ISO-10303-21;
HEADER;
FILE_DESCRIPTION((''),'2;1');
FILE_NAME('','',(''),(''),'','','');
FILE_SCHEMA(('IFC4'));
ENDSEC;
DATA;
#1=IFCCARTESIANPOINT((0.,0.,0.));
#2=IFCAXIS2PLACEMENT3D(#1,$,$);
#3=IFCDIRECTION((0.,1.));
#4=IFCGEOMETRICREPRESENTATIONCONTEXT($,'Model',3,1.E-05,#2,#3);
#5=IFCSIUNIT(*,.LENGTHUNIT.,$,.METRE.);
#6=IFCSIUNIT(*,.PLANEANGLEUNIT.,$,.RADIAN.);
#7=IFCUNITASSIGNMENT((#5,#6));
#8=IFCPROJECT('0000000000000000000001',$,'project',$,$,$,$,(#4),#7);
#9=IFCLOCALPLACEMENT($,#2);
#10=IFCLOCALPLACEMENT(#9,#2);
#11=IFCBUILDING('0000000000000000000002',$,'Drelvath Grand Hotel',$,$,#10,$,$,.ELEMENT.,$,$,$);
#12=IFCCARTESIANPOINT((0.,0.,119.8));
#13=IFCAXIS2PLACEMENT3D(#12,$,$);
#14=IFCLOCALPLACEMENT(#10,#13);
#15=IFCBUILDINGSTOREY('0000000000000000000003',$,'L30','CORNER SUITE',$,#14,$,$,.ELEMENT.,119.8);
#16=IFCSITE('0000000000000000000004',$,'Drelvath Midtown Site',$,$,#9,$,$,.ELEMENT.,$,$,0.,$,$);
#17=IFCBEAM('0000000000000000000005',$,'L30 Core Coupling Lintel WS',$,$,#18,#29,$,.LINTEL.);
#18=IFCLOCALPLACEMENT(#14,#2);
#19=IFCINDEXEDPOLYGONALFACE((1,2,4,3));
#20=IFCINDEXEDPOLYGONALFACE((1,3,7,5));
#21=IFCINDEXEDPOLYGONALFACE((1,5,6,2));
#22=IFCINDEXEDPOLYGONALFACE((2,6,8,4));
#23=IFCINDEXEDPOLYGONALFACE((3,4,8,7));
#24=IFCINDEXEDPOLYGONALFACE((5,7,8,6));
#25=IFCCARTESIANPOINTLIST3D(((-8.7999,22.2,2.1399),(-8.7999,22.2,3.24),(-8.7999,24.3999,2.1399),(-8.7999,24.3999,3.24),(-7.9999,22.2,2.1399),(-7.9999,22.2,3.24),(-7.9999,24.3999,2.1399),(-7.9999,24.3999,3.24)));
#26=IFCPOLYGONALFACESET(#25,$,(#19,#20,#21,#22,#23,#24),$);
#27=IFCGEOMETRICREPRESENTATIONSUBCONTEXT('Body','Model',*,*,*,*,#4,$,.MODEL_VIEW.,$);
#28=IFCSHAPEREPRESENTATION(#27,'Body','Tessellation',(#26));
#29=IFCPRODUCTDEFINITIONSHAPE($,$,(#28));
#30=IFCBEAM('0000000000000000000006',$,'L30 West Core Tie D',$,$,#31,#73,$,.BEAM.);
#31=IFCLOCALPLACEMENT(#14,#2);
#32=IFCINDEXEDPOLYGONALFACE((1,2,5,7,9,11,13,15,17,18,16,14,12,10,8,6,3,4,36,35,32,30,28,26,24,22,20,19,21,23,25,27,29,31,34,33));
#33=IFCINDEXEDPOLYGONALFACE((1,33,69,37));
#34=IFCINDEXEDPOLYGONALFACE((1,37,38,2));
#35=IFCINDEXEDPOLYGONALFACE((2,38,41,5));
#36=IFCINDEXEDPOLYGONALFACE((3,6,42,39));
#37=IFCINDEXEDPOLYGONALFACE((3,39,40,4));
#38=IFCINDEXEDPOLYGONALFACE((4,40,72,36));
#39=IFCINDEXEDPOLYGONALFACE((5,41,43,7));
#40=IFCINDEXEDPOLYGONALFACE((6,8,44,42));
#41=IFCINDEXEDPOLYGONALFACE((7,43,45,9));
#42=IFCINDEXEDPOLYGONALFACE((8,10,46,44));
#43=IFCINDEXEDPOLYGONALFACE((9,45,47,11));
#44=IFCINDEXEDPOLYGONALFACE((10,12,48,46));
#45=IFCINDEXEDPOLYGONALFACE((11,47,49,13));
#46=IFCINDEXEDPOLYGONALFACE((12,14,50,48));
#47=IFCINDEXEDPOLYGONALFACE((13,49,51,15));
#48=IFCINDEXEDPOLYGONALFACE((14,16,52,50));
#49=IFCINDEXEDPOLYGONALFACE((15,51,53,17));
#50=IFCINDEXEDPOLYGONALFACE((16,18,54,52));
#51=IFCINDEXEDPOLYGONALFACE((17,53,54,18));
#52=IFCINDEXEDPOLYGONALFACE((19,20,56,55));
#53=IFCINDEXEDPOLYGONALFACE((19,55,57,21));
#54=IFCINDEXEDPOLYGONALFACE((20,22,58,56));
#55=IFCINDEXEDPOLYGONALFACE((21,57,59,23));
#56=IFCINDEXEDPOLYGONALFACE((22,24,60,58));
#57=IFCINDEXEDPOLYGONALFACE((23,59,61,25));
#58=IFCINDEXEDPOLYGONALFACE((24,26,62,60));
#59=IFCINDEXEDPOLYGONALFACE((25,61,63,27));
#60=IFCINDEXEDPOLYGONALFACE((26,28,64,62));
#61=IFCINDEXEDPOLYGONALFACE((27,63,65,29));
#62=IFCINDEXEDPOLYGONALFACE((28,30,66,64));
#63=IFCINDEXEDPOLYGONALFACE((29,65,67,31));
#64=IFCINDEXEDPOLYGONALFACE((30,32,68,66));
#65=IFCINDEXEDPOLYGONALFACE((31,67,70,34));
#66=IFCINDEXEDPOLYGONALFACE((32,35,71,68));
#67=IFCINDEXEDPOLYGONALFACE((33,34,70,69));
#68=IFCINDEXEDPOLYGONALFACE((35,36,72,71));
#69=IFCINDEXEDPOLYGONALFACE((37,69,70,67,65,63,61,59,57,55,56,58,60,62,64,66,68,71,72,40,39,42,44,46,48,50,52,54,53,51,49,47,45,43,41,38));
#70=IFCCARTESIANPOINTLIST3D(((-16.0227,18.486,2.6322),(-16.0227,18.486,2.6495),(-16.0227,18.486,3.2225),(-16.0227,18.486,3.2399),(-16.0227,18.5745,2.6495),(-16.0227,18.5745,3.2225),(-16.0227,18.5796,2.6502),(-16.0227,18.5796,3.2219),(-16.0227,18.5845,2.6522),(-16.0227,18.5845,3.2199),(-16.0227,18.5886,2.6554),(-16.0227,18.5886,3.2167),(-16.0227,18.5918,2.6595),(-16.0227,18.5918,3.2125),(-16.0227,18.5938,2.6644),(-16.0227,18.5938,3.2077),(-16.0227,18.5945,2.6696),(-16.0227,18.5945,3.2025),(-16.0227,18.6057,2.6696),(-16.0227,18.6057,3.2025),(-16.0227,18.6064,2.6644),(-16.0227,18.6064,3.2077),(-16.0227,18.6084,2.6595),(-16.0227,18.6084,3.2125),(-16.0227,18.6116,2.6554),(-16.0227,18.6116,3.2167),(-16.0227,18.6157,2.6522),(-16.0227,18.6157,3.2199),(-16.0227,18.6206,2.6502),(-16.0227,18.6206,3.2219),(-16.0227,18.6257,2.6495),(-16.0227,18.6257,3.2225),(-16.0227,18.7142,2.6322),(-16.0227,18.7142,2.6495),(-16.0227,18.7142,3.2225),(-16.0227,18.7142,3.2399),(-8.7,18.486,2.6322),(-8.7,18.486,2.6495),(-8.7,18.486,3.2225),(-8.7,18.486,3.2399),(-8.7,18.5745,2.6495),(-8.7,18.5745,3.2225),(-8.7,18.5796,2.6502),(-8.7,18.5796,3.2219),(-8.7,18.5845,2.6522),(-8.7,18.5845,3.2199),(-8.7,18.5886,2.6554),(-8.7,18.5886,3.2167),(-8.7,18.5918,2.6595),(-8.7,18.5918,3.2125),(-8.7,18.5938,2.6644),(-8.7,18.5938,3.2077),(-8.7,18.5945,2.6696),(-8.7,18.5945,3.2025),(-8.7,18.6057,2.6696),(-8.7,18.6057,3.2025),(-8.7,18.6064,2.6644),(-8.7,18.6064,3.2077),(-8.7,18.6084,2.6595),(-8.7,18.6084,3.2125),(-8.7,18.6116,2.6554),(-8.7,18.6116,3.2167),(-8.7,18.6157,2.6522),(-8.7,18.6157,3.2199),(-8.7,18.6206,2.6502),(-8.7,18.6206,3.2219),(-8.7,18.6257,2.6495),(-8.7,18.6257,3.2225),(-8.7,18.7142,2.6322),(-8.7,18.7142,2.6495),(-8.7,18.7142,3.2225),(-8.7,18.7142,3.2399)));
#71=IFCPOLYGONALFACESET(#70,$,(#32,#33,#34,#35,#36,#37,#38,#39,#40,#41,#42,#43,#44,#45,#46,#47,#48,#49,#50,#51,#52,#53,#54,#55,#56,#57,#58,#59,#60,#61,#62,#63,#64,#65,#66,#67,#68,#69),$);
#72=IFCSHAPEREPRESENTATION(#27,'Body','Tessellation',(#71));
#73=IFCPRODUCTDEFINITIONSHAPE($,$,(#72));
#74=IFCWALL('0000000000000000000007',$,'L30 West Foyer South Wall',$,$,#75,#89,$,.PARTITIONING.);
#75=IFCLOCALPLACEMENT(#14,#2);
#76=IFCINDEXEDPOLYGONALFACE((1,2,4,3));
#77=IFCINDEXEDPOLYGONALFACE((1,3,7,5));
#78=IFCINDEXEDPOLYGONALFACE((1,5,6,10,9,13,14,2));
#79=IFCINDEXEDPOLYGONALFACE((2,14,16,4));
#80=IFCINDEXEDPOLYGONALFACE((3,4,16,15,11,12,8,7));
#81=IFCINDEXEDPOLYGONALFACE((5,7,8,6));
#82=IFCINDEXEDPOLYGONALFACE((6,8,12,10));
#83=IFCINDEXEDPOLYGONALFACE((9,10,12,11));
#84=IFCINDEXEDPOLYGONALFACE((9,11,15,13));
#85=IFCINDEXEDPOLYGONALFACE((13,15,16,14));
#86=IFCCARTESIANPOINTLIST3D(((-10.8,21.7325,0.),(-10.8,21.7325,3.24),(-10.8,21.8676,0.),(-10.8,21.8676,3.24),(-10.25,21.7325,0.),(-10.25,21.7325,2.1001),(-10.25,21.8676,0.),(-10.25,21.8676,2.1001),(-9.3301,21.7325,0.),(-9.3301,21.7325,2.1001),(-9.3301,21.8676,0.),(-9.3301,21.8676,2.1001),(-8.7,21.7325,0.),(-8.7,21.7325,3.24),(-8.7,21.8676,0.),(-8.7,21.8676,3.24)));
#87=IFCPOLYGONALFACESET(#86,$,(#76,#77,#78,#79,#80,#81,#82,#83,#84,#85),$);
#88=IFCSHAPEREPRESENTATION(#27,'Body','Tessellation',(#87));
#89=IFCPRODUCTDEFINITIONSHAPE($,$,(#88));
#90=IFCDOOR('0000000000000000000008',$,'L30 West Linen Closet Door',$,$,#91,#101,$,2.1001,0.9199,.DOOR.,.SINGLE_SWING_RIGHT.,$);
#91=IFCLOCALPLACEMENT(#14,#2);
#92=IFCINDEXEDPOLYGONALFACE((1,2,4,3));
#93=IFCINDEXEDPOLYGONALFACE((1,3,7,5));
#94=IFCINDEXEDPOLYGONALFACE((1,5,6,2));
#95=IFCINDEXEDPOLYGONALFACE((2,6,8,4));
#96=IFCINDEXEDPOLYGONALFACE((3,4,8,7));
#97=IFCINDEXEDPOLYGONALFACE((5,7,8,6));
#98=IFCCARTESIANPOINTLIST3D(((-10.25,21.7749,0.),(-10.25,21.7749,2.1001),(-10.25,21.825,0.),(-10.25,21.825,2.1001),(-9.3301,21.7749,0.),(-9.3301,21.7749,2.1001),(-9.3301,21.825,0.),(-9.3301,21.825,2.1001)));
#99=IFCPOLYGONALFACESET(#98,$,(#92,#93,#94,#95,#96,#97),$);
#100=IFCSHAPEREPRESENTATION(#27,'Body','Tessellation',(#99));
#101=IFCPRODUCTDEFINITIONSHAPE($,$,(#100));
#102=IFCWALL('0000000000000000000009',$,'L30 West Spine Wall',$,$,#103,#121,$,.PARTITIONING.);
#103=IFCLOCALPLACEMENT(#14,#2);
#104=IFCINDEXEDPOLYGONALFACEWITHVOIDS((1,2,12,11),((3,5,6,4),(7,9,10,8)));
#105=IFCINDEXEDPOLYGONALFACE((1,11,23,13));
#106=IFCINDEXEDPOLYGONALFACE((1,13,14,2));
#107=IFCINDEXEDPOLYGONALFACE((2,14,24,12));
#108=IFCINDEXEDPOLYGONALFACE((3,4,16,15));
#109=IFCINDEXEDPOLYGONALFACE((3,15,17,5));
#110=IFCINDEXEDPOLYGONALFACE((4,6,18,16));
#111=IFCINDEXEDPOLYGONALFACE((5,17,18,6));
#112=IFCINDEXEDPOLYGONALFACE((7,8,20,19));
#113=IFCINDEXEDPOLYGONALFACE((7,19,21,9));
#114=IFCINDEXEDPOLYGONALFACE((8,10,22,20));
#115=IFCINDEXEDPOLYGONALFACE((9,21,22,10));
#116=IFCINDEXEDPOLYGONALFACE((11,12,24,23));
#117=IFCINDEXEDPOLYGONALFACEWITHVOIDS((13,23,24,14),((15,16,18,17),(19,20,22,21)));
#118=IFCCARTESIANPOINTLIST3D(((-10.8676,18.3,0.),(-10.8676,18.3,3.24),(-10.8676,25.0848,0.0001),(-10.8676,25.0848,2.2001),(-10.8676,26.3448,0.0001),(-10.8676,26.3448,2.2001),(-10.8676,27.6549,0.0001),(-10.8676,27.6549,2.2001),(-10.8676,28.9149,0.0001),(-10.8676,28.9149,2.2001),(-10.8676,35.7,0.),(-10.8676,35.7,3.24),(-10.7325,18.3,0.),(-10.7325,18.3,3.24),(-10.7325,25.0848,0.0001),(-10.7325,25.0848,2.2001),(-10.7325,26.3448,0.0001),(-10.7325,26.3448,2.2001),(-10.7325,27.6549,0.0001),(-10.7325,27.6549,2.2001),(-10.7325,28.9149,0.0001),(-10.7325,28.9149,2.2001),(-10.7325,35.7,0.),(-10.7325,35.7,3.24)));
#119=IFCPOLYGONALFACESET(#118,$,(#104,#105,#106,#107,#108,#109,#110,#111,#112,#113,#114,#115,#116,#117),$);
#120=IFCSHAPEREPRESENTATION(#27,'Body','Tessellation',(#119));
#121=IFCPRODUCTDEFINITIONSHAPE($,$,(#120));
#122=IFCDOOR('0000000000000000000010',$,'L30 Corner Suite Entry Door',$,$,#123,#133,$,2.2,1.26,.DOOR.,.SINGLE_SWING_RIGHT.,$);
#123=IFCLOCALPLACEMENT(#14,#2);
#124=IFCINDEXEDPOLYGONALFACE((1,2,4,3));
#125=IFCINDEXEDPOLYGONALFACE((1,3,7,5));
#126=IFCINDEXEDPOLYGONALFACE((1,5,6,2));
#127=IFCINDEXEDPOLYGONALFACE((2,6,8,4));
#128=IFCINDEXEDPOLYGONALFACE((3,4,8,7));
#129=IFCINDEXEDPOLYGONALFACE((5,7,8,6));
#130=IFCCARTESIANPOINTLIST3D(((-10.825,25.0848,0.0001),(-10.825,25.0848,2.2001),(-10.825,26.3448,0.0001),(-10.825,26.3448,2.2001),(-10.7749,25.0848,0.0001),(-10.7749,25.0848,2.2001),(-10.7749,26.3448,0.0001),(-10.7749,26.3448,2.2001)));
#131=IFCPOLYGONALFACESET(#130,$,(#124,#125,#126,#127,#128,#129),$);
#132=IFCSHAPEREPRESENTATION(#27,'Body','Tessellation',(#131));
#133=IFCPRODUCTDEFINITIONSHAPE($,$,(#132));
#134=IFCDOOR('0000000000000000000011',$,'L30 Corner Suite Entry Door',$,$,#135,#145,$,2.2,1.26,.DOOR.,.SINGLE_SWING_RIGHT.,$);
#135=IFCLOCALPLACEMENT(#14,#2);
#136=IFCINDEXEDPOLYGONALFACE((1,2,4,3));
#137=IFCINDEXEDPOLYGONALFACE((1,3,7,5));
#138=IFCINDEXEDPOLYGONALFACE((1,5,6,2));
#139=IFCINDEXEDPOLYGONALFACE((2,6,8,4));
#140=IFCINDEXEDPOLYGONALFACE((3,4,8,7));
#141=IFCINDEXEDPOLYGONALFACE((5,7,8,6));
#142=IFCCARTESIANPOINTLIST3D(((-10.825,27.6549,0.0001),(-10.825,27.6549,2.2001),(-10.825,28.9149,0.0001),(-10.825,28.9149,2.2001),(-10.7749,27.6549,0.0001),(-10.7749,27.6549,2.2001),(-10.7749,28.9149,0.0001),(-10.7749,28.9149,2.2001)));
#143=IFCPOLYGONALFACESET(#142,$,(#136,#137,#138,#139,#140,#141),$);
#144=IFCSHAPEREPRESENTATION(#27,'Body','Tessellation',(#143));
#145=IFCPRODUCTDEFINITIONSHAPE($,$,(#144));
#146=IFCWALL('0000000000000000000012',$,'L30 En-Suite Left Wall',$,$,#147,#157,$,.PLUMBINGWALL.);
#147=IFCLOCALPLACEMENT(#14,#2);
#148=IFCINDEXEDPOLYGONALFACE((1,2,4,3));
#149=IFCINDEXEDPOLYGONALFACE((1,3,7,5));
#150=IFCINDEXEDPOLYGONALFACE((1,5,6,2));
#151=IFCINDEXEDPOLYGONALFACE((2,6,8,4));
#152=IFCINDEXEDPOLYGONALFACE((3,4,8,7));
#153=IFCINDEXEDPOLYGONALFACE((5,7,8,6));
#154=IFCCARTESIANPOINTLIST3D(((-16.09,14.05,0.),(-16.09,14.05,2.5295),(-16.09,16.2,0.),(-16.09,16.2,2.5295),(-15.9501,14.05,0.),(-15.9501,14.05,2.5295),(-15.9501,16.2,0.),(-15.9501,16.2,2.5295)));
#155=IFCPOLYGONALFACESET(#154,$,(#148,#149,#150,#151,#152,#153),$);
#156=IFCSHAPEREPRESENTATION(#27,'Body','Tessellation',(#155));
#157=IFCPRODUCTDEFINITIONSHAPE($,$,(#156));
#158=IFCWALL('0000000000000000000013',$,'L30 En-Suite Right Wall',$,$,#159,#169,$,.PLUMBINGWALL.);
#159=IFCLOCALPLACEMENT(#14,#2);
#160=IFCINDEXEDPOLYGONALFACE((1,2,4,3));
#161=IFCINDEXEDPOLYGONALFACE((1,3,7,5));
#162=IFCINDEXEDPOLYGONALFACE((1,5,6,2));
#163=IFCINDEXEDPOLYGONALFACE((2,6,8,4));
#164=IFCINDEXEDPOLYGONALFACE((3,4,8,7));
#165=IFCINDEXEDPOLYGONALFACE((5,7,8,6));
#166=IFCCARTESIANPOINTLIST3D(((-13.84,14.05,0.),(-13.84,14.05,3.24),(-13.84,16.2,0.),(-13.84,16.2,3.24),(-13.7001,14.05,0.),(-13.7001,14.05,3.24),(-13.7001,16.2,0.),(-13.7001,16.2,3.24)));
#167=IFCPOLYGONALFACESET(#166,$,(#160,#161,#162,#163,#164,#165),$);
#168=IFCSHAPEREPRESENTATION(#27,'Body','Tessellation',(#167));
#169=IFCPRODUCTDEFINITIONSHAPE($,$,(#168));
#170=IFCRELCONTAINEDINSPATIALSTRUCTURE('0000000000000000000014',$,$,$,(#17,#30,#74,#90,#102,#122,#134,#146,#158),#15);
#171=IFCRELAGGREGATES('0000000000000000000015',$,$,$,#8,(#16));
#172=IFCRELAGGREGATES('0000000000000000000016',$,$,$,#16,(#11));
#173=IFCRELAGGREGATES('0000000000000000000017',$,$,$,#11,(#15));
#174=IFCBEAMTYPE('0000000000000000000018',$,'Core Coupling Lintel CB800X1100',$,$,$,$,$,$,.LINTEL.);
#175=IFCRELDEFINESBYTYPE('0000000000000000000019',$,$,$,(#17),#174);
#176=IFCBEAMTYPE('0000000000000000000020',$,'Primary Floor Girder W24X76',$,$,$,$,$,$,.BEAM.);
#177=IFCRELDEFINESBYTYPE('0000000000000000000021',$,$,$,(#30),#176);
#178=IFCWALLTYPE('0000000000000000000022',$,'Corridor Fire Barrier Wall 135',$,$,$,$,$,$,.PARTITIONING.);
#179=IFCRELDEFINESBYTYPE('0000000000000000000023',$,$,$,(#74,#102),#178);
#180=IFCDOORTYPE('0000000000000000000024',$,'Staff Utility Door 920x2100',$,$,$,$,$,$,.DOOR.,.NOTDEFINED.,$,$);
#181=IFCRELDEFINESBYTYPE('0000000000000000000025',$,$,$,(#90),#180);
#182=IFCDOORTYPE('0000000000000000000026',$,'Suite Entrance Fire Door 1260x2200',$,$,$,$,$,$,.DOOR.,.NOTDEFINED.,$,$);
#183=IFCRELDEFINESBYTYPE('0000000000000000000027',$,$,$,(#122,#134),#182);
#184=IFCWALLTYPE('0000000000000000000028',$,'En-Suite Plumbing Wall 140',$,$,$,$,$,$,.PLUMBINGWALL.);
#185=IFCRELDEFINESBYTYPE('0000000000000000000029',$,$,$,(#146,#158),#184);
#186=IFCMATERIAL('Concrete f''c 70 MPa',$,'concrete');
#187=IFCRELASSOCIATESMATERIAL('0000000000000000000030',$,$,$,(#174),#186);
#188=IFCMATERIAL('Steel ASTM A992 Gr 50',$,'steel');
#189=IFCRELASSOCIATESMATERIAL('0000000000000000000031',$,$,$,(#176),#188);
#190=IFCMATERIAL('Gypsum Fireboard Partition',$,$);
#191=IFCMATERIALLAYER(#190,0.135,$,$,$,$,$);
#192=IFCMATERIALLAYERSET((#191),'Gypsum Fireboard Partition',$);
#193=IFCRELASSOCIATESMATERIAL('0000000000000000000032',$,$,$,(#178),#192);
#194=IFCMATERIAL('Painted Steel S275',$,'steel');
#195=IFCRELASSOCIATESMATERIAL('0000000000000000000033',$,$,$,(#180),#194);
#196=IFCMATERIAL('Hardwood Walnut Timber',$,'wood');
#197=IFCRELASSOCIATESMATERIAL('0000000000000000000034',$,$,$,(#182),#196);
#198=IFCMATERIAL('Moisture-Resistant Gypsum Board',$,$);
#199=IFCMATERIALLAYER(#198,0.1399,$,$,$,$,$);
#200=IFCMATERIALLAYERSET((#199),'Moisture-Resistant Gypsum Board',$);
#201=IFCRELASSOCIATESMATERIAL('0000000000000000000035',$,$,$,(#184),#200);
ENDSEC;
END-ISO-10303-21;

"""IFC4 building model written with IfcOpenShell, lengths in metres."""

from ifc_helpers import new_model, si_unit, direction, frame, frame_2d, origin, origin_2d, place, context, subcontext, project, spatial, rectangle, i_section, extrude, material, layer, layer_set, material_profile, profile_set, type_object, element, fill, save


model = new_model("IFC4")

# Units and contexts
model_context = context("Model", 3, precision=1e-05, world=origin(), true_north=direction((0.0, 1.0)))
body_context = subcontext(model_context, "Body", "Model", "MODEL_VIEW")
ifc_project = project(units=[si_unit("LENGTHUNIT", "METRE"), si_unit("PLANEANGLEUNIT", "RADIAN")], contexts=[model_context])

# Site, building, storey
site_placement = place(None, origin())
site = spatial("IfcSite", under=ifc_project, at=site_placement, Name="Drelvath Midtown Site", CompositionType="ELEMENT", RefElevation=0.0)
building_placement = place(site_placement, origin())
building = spatial("IfcBuilding", under=site, at=building_placement, Name="Drelvath Grand Hotel", CompositionType="ELEMENT")
storey_placement = place(building_placement, frame((0.0, 0.0, 119.8)))
storey = spatial("IfcBuildingStorey", under=building, at=storey_placement, Name="L30", Description="CORNER SUITE", CompositionType="ELEMENT", Elevation=119.8)

# Beams
ifc_material_1 = material(Name="Concrete f'c 70 MPa", Category="concrete")
ifc_material_profile_1 = material_profile(ifc_material_1, rectangle(XDim=0.8, YDim=1.1001, at=origin_2d()), Name="CB800X1100")
ifc_profile_set_1 = profile_set([ifc_material_profile_1], Name="Concrete f'c 70 MPa")
beam_type_1 = type_object("IfcBeamType", Name="Core Coupling Lintel CB800X1100", PredefinedType="LINTEL", material=ifc_profile_set_1)
beam_1_placement = place(storey_placement, frame((-8.3999, 22.2, 2.6899), z_axis=(0.0, 1.0, 0.0), x_axis=(-1.0, 0.0, 0.0)))
element("IfcBeam", 1, at=beam_1_placement, inside=storey, type_object=beam_type_1, Name="L30 Core Coupling Lintel WS", PredefinedType="LINTEL", context=body_context, shape_type="SweptSolid", body=[
    extrude(rectangle(XDim=0.8, YDim=1.1001, at=origin_2d()), origin(), (0.0, 0.0, 1.0), 2.2),
])
ifc_material_2 = material(Name="Steel ASTM A992 Gr 50", Category="steel")
ifc_material_profile_2 = material_profile(ifc_material_2, i_section(OverallWidth=0.2283, OverallDepth=0.6077, WebThickness=0.0112, FlangeThickness=0.0173, FilletRadius=0.02, at=origin_2d()), Name="W24X76")
ifc_profile_set_2 = profile_set([ifc_material_profile_2], Name="Steel ASTM A992 Gr 50")
beam_type_2 = type_object("IfcBeamType", Name="Primary Floor Girder W24X76", PredefinedType="BEAM", material=ifc_profile_set_2)
beam_2_placement = place(storey_placement, frame((-16.0227, 18.6001, 2.936), z_axis=(1.0, 0.0, 0.0), x_axis=(0.0, 1.0, 0.0)))
element("IfcBeam", 2, at=beam_2_placement, inside=storey, type_object=beam_type_2, Name="L30 West Core Tie D", PredefinedType="BEAM", context=body_context, shape_type="SweptSolid", body=[
    extrude(i_section(OverallWidth=0.2283, OverallDepth=0.6077, WebThickness=0.0112, FlangeThickness=0.0173, FilletRadius=0.02, at=origin_2d()), origin(), (0.0, 0.0, 1.0), 7.3228),
])

# Wall, opening, door
ifc_material_3 = material(Name="Gypsum Fireboard Partition")
ifc_layer_1 = layer(ifc_material_3, 0.135)
ifc_layer_set_1 = layer_set([ifc_layer_1], Name="Gypsum Fireboard Partition")
wall_type_1 = type_object("IfcWallType", Name="Corridor Fire Barrier Wall 135", PredefinedType="PARTITIONING", material=ifc_layer_set_1)
wall_1_placement = place(storey_placement, frame((-10.8, 21.8, 0.0), z_axis=(0.0, 0.0, 1.0), x_axis=(1.0, 0.0, 0.0)))
wall_1 = element("IfcWall", 3, at=wall_1_placement, inside=storey, type_object=wall_type_1, Name="L30 West Foyer South Wall", PredefinedType="PARTITIONING", context=body_context, shape_type="SweptSolid", body=[
    extrude(rectangle(XDim=2.1001, YDim=0.135, at=frame_2d((1.05, 0.0))), origin(), (0.0, 0.0, 1.0), 3.24),
])
opening_1_placement = place(wall_1_placement, frame((0.55, 0.0, 0.0)))
opening_1 = element("IfcOpeningElement", 4, at=opening_1_placement, cuts=wall_1, PredefinedType="OPENING", context=body_context, shape_type="SweptSolid", body=[
    extrude(rectangle(XDim=0.9199, YDim=2.1001, at=frame_2d((0.46, 1.05))), frame((0.0, 0.0774, 0.0), z_axis=(0.0, -1.0, 0.0), x_axis=(1.0, 0.0, 0.0)), (0.0, 0.0, 1.0), 0.155),
])
ifc_material_4 = material(Name="Painted Steel S275", Category="steel")
door_type_1 = type_object("IfcDoorType", Name="Staff Utility Door 920x2100", OperationType="NOTDEFINED", PredefinedType="DOOR", material=ifc_material_4)
door_1_placement = place(opening_1_placement, origin())
door_1 = element("IfcDoor", 5, at=door_1_placement, inside=storey, type_object=door_type_1, Name="L30 West Linen Closet Door", OperationType="SINGLE_SWING_RIGHT", OverallHeight=2.1001, OverallWidth=0.9199, PredefinedType="DOOR", context=body_context, shape_type="SweptSolid", body=[
    extrude(rectangle(XDim=0.9199, YDim=2.1001, at=frame_2d((0.46, 1.05))), frame((0.0, 0.0249, 0.0), z_axis=(0.0, -1.0, 0.0), x_axis=(1.0, 0.0, 0.0)), (0.0, 0.0, 1.0), 0.05),
])
fill(opening_1, door_1)

# Wall, openings, doors
wall_2_placement = place(storey_placement, frame((-10.8, 18.3, 0.0), z_axis=(0.0, 0.0, 1.0), x_axis=(0.0, 1.0, 0.0)))
wall_2 = element("IfcWall", 6, at=wall_2_placement, inside=storey, type_object=wall_type_1, Name="L30 West Spine Wall", PredefinedType="PARTITIONING", context=body_context, shape_type="SweptSolid", body=[
    extrude(rectangle(XDim=17.3999, YDim=0.135, at=frame_2d((8.7, 0.0))), origin(), (0.0, 0.0, 1.0), 3.24),
])
opening_2_placement = place(wall_2_placement, frame((6.7849, 0.0, 0.0)))
opening_2 = element("IfcOpeningElement", 7, at=opening_2_placement, cuts=wall_2, PredefinedType="OPENING", context=body_context, shape_type="SweptSolid", body=[
    extrude(rectangle(XDim=1.26, YDim=2.2, at=frame_2d((0.6299, 1.1001))), frame((0.0, 0.0774, 0.0), z_axis=(0.0, -1.0, 0.0), x_axis=(1.0, 0.0, 0.0)), (0.0, 0.0, 1.0), 0.155),
])
opening_3_placement = place(wall_2_placement, frame((9.355, 0.0, 0.0)))
opening_3 = element("IfcOpeningElement", 8, at=opening_3_placement, cuts=wall_2, PredefinedType="OPENING", context=body_context, shape_type="SweptSolid", body=[
    extrude(rectangle(XDim=1.26, YDim=2.2, at=frame_2d((0.6299, 1.1001))), frame((0.0, 0.0774, 0.0), z_axis=(0.0, -1.0, 0.0), x_axis=(1.0, 0.0, 0.0)), (0.0, 0.0, 1.0), 0.155),
])
ifc_material_5 = material(Name="Hardwood Walnut Timber", Category="wood")
door_type_2 = type_object("IfcDoorType", Name="Suite Entrance Fire Door 1260x2200", OperationType="NOTDEFINED", PredefinedType="DOOR", material=ifc_material_5)
door_2_placement = place(opening_2_placement, origin())
door_2 = element("IfcDoor", 9, at=door_2_placement, inside=storey, type_object=door_type_2, Name="L30 Corner Suite Entry Door", OperationType="SINGLE_SWING_RIGHT", OverallHeight=2.2, OverallWidth=1.26, PredefinedType="DOOR", context=body_context, shape_type="SweptSolid", body=[
    extrude(rectangle(XDim=1.26, YDim=2.2, at=frame_2d((0.6299, 1.1001))), frame((0.0, 0.0249, 0.0), z_axis=(0.0, -1.0, 0.0), x_axis=(1.0, 0.0, 0.0)), (0.0, 0.0, 1.0), 0.05),
])
fill(opening_2, door_2)
door_3_placement = place(opening_3_placement, origin())
door_3 = element("IfcDoor", 10, at=door_3_placement, inside=storey, type_object=door_type_2, Name="L30 Corner Suite Entry Door", OperationType="SINGLE_SWING_RIGHT", OverallHeight=2.2, OverallWidth=1.26, PredefinedType="DOOR", context=body_context, shape_type="SweptSolid", body=[
    extrude(rectangle(XDim=1.26, YDim=2.2, at=frame_2d((0.6299, 1.1001))), frame((0.0, 0.0249, 0.0), z_axis=(0.0, -1.0, 0.0), x_axis=(1.0, 0.0, 0.0)), (0.0, 0.0, 1.0), 0.05),
])
fill(opening_3, door_3)

# Walls
ifc_material_6 = material(Name="Moisture-Resistant Gypsum Board")
ifc_layer_2 = layer(ifc_material_6, 0.1399)
ifc_layer_set_2 = layer_set([ifc_layer_2], Name="Moisture-Resistant Gypsum Board")
wall_type_2 = type_object("IfcWallType", Name="En-Suite Plumbing Wall 140", PredefinedType="PLUMBINGWALL", material=ifc_layer_set_2)
wall_3_placement = place(storey_placement, frame((-16.02, 16.2, 0.0), z_axis=(0.0, 0.0, 1.0), x_axis=(0.0, -1.0, 0.0)))
element("IfcWall", 11, at=wall_3_placement, inside=storey, type_object=wall_type_2, Name="L30 En-Suite Left Wall", PredefinedType="PLUMBINGWALL", context=body_context, shape_type="SweptSolid", body=[
    extrude(rectangle(XDim=2.1499, YDim=0.1399, at=frame_2d((1.075, 0.0))), origin(), (0.0, 0.0, 1.0), 2.5295),
])
wall_4_placement = place(storey_placement, frame((-13.77, 16.2, 0.0), z_axis=(0.0, 0.0, 1.0), x_axis=(0.0, -1.0, 0.0)))
element("IfcWall", 12, at=wall_4_placement, inside=storey, type_object=wall_type_2, Name="L30 En-Suite Right Wall", PredefinedType="PLUMBINGWALL", context=body_context, shape_type="SweptSolid", body=[
    extrude(rectangle(XDim=2.1499, YDim=0.1399, at=frame_2d((1.075, 0.0))), origin(), (0.0, 0.0, 1.0), 3.24),
])

save(model, "model.ifc")
